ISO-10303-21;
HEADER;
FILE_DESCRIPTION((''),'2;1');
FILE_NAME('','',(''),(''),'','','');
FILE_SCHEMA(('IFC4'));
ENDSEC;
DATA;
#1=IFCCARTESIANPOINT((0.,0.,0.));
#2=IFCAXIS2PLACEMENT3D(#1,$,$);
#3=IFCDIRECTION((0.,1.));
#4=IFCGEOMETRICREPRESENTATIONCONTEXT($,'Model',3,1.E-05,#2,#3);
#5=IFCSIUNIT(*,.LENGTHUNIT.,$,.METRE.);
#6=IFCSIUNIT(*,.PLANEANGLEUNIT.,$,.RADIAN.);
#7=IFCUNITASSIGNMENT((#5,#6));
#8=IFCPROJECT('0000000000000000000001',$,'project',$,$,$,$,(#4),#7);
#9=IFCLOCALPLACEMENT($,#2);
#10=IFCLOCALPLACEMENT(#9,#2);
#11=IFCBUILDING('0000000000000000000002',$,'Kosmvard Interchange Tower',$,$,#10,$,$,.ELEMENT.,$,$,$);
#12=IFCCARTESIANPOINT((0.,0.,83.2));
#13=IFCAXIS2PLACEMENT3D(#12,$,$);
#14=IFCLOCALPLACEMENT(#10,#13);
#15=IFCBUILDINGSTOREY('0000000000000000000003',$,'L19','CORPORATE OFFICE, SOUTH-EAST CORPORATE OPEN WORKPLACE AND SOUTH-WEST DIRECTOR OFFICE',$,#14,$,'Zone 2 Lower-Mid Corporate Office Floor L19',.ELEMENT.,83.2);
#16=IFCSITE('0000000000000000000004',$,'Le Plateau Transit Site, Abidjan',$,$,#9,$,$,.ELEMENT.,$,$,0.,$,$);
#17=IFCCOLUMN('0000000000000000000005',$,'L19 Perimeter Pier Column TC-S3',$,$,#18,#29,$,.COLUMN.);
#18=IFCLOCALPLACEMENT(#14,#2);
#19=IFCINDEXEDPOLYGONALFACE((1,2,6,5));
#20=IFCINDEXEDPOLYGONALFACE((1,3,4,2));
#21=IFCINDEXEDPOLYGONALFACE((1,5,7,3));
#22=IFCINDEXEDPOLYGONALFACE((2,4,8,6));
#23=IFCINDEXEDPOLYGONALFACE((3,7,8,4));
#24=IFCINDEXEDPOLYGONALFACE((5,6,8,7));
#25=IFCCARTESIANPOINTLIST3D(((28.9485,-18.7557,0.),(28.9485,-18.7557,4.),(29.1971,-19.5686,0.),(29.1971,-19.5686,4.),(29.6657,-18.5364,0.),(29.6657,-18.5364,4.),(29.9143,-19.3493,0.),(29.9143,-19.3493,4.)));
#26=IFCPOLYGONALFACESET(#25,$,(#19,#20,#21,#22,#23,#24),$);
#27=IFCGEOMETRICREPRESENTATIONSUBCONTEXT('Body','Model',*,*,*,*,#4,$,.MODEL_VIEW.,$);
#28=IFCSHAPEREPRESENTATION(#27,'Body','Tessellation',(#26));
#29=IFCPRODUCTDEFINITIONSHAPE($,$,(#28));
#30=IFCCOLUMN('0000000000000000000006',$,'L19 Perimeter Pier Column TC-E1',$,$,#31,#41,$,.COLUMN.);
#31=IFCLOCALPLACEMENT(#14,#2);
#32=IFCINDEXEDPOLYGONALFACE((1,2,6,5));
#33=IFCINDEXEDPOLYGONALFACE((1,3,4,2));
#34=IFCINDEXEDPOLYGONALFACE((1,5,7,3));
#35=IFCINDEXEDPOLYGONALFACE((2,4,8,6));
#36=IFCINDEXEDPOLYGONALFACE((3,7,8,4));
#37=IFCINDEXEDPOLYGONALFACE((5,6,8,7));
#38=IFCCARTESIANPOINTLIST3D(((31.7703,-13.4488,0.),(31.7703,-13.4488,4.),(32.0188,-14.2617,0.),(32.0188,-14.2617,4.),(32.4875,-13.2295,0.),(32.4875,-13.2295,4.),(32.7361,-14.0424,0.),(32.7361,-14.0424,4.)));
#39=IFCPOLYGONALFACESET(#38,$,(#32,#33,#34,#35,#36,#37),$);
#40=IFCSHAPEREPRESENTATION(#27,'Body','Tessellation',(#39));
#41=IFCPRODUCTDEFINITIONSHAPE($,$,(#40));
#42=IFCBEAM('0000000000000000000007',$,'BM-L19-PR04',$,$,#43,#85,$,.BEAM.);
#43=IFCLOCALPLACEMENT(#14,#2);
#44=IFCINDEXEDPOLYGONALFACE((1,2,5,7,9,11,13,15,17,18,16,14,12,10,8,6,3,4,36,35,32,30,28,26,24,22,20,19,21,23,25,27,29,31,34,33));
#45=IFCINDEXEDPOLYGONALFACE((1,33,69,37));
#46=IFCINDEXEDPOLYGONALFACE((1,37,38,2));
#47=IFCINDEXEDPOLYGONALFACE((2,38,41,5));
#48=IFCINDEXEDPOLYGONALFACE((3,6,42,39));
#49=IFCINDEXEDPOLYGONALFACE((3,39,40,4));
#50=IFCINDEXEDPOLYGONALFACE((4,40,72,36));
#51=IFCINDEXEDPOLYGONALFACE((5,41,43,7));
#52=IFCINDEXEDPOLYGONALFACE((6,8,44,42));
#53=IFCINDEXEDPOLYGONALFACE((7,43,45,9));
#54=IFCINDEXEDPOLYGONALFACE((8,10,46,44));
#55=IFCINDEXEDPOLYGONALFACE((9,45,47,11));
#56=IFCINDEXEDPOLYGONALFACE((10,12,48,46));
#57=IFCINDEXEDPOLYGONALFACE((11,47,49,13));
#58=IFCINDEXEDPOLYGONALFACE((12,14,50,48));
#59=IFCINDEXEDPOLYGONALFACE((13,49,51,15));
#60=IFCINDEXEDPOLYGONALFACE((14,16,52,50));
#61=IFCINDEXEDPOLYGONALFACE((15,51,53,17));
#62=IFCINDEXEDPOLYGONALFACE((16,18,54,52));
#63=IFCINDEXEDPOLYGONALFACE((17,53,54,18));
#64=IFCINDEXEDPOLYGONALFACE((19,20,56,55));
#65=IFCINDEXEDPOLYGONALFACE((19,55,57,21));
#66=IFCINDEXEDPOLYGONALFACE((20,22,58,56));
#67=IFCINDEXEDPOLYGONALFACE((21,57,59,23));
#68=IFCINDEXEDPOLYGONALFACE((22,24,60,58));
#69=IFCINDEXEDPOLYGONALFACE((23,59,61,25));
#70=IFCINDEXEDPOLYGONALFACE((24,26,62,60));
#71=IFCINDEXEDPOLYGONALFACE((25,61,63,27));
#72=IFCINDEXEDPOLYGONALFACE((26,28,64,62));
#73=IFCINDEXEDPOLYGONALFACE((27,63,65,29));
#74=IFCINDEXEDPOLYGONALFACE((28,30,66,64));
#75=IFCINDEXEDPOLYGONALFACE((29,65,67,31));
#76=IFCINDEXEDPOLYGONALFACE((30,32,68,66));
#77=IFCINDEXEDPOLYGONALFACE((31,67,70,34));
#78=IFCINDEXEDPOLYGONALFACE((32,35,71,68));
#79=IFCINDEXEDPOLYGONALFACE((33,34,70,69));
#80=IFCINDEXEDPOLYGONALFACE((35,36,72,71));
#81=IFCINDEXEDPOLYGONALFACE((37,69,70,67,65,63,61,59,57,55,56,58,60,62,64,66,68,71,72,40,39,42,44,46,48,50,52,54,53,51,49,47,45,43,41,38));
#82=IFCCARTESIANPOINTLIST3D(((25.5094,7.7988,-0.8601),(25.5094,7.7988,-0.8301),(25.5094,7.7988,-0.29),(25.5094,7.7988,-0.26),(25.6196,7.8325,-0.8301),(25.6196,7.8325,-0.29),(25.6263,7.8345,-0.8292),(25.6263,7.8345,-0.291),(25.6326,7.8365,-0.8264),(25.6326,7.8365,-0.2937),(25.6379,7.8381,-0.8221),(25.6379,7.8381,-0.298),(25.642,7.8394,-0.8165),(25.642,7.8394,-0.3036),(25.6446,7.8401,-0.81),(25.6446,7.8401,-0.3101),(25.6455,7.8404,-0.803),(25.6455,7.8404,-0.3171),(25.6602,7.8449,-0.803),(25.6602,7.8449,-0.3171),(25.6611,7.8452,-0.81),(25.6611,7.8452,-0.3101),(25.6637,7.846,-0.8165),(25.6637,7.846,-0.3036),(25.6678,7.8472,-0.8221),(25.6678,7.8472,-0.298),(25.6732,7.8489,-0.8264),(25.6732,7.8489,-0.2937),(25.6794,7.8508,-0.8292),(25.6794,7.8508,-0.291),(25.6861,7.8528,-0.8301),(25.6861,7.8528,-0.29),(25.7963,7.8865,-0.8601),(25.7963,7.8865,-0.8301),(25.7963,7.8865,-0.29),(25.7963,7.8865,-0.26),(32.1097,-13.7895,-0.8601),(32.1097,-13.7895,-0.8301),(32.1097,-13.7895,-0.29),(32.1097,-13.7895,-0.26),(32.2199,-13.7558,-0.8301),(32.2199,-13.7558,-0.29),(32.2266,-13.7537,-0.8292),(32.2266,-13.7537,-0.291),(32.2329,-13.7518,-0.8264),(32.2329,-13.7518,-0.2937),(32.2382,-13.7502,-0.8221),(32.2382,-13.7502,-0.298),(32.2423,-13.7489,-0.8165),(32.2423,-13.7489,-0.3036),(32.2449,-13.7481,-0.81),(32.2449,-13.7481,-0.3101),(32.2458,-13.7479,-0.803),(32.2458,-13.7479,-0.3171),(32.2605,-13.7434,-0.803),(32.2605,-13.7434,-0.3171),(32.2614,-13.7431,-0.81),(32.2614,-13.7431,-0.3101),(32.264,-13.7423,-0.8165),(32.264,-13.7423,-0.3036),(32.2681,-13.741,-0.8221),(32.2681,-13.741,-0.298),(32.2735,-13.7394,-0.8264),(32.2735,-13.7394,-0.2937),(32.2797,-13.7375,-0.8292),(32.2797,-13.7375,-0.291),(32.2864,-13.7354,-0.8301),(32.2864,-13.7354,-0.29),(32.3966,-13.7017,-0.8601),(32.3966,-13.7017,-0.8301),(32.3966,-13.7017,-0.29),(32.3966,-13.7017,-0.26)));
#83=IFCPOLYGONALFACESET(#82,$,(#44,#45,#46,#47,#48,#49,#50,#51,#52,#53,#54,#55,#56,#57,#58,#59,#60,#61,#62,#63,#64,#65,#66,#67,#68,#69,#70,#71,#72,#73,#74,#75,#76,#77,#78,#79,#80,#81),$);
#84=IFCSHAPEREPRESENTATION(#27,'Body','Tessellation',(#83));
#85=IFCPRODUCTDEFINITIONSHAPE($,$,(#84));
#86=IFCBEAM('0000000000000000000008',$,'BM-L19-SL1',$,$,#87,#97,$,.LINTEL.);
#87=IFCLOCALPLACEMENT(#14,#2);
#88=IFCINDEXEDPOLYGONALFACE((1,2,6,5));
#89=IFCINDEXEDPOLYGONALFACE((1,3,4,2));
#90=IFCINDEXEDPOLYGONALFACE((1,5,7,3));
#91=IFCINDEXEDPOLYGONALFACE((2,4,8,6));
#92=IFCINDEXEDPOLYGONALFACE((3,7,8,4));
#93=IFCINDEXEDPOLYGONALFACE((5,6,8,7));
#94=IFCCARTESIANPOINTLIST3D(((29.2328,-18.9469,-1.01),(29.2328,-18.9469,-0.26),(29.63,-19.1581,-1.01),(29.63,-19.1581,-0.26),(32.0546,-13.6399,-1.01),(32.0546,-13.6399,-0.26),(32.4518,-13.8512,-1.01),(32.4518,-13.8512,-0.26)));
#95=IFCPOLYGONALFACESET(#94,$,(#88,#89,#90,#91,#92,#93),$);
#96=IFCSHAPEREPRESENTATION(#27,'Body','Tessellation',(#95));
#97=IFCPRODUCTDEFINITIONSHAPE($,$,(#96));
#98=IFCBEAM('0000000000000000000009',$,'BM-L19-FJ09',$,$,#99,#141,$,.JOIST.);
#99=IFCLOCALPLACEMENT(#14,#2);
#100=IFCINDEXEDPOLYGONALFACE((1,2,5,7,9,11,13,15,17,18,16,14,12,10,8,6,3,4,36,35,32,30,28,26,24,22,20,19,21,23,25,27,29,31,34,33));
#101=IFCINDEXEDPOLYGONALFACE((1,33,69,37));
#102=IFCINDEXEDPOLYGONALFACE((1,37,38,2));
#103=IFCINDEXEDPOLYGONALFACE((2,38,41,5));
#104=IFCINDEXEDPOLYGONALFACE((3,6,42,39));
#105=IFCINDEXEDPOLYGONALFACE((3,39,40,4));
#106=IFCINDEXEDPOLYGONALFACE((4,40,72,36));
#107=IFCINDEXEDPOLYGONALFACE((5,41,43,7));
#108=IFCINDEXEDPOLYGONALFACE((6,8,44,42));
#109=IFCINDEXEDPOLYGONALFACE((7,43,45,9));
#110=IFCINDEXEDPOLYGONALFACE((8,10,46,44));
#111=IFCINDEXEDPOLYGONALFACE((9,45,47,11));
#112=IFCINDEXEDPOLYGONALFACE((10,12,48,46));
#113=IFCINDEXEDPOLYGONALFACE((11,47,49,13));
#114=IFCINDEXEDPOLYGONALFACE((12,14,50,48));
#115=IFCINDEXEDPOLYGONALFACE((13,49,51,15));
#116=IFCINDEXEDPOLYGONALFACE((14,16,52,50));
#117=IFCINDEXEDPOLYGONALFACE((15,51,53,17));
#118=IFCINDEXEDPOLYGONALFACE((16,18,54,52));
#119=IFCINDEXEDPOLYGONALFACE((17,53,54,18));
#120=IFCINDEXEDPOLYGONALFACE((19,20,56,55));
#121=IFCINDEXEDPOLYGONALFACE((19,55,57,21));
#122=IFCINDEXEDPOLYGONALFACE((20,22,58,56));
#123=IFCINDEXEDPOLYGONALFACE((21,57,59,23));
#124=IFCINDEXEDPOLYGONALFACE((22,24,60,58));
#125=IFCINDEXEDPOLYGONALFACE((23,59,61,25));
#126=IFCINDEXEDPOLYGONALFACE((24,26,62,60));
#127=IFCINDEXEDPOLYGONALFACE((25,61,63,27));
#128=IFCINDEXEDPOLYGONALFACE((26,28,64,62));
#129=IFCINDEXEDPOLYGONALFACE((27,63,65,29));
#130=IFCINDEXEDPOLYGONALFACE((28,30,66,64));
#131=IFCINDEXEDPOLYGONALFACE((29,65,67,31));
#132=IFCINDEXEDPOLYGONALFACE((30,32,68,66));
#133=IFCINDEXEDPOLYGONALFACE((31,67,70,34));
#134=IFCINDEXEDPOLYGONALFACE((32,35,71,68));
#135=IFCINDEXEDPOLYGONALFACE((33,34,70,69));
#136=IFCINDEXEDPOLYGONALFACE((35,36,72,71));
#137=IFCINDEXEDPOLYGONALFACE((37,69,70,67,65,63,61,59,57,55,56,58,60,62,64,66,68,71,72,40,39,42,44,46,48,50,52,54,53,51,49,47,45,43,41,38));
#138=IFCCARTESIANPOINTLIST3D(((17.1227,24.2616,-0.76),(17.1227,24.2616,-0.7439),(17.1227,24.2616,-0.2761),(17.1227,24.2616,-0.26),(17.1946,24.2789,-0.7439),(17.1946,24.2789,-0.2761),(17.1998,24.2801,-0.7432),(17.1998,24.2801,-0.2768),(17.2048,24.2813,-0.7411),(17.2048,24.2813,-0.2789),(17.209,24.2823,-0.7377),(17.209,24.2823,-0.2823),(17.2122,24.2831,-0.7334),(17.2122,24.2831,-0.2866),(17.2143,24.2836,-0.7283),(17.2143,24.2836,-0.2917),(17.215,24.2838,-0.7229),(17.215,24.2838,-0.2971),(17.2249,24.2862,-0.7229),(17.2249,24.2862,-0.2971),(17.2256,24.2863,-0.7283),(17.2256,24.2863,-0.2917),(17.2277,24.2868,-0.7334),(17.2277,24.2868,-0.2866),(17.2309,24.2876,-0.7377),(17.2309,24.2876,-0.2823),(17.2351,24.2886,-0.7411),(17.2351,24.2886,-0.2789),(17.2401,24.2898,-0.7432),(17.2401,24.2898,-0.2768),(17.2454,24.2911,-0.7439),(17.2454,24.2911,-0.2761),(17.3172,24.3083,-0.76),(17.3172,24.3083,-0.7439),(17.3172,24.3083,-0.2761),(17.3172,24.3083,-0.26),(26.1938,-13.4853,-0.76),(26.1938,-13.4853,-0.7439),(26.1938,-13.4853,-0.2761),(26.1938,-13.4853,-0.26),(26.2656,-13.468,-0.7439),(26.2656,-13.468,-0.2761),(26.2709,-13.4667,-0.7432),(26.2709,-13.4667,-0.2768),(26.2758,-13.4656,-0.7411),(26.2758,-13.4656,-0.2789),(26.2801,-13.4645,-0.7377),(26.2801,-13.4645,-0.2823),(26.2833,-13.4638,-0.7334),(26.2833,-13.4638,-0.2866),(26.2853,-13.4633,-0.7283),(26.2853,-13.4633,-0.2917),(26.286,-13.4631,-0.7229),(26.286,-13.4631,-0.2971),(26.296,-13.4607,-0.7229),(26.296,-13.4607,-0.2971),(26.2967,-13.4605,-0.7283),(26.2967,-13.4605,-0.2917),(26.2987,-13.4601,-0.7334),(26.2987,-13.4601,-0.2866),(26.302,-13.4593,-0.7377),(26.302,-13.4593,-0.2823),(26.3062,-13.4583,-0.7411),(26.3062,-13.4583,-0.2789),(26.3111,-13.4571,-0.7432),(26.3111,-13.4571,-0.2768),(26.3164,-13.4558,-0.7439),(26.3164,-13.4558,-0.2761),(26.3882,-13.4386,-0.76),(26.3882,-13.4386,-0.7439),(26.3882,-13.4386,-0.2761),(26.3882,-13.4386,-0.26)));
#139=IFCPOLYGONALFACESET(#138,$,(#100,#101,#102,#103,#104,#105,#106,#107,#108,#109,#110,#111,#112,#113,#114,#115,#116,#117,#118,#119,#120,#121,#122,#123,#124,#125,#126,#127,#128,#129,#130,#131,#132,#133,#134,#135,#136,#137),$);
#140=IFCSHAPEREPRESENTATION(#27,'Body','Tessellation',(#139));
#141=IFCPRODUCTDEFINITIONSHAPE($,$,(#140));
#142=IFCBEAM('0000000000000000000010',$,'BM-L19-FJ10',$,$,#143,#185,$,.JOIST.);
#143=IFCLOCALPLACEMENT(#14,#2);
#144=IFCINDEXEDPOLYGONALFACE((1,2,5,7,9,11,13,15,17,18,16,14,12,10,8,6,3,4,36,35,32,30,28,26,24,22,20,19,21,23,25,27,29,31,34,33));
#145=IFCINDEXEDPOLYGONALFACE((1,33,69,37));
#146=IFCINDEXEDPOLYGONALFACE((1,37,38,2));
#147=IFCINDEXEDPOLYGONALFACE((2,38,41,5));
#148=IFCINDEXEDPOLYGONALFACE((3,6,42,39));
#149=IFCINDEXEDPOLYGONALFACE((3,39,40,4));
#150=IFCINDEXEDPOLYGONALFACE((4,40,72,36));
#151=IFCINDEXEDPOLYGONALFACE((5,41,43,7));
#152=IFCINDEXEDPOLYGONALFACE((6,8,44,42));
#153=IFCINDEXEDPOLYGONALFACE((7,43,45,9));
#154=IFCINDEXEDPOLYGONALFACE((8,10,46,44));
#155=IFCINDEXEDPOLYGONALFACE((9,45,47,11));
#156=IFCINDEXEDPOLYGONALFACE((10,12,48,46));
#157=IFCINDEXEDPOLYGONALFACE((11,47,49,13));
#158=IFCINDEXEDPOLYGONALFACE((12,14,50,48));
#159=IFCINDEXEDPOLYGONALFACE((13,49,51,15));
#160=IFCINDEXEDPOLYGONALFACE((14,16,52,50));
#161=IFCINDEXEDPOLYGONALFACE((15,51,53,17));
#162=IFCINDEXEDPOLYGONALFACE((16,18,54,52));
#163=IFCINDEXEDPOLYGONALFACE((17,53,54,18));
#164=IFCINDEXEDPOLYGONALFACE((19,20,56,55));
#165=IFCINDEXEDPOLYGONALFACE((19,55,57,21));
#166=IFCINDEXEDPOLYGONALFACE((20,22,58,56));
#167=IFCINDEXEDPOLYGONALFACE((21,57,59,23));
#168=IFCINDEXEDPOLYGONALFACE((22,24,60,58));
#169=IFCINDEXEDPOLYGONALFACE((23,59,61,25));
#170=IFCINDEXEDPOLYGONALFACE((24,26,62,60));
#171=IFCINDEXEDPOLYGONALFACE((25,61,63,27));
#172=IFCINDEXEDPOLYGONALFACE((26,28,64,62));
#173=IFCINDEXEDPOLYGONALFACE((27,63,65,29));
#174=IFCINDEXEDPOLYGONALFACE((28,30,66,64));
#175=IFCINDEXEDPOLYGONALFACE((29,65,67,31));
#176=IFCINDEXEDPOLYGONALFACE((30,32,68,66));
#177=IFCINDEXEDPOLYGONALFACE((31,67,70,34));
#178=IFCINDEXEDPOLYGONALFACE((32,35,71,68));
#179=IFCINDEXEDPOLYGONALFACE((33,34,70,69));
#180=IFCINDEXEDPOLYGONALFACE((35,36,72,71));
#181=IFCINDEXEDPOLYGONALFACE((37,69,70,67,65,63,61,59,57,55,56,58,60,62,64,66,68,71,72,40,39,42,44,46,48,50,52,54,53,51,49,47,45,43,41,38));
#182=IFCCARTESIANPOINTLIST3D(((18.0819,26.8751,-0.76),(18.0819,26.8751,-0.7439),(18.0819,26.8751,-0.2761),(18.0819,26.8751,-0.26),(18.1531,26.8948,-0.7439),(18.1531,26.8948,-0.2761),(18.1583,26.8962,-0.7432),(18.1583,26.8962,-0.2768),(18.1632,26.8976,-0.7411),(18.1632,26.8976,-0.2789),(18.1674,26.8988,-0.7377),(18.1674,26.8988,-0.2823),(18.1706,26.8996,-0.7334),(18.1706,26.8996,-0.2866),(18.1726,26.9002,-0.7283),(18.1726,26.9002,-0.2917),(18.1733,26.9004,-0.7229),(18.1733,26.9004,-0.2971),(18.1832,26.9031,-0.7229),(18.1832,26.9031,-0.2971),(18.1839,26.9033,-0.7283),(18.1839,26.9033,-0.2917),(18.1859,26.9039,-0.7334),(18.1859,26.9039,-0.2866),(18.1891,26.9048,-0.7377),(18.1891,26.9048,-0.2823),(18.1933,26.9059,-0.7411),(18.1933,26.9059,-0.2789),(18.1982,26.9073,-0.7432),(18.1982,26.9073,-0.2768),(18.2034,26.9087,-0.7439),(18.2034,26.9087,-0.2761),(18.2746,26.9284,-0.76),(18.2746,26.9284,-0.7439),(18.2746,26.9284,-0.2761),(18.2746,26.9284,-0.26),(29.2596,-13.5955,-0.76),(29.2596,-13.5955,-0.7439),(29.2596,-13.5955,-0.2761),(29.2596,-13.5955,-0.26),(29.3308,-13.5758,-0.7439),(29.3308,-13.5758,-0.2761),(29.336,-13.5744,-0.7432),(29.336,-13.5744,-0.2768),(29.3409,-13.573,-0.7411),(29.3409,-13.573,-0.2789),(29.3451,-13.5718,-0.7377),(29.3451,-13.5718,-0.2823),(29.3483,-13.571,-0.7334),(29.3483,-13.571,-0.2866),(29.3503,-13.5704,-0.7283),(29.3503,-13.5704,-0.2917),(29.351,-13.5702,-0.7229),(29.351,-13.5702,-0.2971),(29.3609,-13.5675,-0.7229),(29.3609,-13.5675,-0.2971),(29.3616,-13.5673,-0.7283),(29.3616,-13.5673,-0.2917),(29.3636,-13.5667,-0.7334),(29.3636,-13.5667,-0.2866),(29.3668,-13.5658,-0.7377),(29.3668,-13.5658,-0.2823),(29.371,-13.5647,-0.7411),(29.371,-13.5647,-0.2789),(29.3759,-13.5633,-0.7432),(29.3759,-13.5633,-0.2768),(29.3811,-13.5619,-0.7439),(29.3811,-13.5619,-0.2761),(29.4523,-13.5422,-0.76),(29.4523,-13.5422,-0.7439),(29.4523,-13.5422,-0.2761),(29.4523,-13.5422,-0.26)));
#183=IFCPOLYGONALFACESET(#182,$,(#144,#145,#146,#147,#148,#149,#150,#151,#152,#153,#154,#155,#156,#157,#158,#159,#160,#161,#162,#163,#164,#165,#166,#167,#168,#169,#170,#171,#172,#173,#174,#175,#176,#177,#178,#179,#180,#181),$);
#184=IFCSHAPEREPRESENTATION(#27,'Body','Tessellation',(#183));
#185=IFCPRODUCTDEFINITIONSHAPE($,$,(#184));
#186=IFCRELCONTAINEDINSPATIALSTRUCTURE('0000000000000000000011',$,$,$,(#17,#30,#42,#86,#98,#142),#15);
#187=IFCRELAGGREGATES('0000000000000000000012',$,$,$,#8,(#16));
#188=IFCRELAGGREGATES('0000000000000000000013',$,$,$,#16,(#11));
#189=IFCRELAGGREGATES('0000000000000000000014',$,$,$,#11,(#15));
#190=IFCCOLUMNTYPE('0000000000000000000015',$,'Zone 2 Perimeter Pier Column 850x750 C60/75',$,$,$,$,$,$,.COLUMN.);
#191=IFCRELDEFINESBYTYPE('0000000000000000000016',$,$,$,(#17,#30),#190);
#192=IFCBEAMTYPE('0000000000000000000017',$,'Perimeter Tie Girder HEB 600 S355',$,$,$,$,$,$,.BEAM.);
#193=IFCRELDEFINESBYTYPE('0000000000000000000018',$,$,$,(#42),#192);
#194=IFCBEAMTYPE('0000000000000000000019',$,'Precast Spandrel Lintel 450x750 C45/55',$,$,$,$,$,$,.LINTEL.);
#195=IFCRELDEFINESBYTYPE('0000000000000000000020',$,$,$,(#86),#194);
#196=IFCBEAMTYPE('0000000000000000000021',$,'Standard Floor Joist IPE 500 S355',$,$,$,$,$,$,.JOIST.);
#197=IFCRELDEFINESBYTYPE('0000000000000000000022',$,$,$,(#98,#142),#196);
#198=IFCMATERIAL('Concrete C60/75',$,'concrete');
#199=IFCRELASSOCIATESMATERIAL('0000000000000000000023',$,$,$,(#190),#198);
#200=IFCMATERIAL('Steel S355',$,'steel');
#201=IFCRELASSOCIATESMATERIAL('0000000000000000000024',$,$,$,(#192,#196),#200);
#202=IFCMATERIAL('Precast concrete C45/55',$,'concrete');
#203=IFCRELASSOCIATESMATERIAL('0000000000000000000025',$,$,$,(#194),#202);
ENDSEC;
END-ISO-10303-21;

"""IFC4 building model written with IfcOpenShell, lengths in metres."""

from ifc_helpers import new_model, si_unit, direction, frame, origin, origin_2d, place, context, subcontext, project, spatial, rectangle, i_section, extrude, source, transform, mapped, material, material_profile, profile_set, type_object, element, save


model = new_model("IFC4")

# Units and contexts
model_context = context("Model", 3, precision=1e-05, world=origin(), true_north=direction((0.0, 1.0)))
body_context = subcontext(model_context, "Body", "Model", "MODEL_VIEW")
ifc_project = project(units=[si_unit("LENGTHUNIT", "METRE"), si_unit("PLANEANGLEUNIT", "RADIAN")], contexts=[model_context])

# Site, building, storey
site_placement = place(None, origin())
site = spatial("IfcSite", under=ifc_project, at=site_placement, Name="Le Plateau Transit Site, Abidjan", CompositionType="ELEMENT", RefElevation=0.0)
building_placement = place(site_placement, origin())
building = spatial("IfcBuilding", under=site, at=building_placement, Name="Kosmvard Interchange Tower", CompositionType="ELEMENT")
storey_placement = place(building_placement, frame((0.0, 0.0, 83.2)))
storey = spatial("IfcBuildingStorey", under=building, at=storey_placement, Name="L19", Description="CORPORATE OFFICE, SOUTH-EAST CORPORATE OPEN WORKPLACE AND SOUTH-WEST DIRECTOR OFFICE", LongName="Zone 2 Lower-Mid Corporate Office Floor L19", CompositionType="ELEMENT", Elevation=83.2)

# Columns
ifc_material_1 = material(Name="Concrete C60/75", Category="concrete")
ifc_material_profile_1 = material_profile(ifc_material_1, rectangle(XDim=0.75, YDim=0.8501, at=origin_2d()), Name="TC 850x750")
ifc_profile_set_1 = profile_set([ifc_material_profile_1], Name="Concrete C60/75")
column_type = type_object("IfcColumnType", Name="Zone 2 Perimeter Pier Column 850x750 C60/75", PredefinedType="COLUMN", material=ifc_profile_set_1)
shared_shape_1 = source(origin(), body_context, "Body", "SweptSolid", [
    extrude(rectangle(XDim=0.75, YDim=0.8501, at=origin_2d()), origin(), (0.0, 0.0, 1.0), 4.0),
])
for number, where, z_axis, x_axis, name in (
    (1, (29.4314, -19.0525, 0.0), (0.0, 0.0, 1.0), (0.956305, 0.292372, 0.0), "L19 Perimeter Pier Column TC-S3"),
    (2, (32.2532, -13.7456, 0.0), (0.0, 0.0, 1.0), (0.956305, 0.292372, 0.0), "L19 Perimeter Pier Column TC-E1"),
):
    element("IfcColumn", number, at=place(storey_placement, frame(where, z_axis=z_axis, x_axis=x_axis)), inside=storey, type_object=column_type, Name=name, PredefinedType="COLUMN", context=body_context, shape_type="MappedRepresentation", body=[
        mapped(shared_shape_1, transform((0.0, 0.0, 0.0), scale=1.0)),
    ])

# Beams
ifc_material_2 = material(Name="Steel S355", Category="steel")
ifc_material_profile_2 = material_profile(ifc_material_2, i_section(OverallWidth=0.3, OverallDepth=0.6001, WebThickness=0.0154, FlangeThickness=0.03, FilletRadius=0.0271, at=origin_2d()), Name="HEB 600")
ifc_profile_set_2 = profile_set([ifc_material_profile_2], Name="Steel S355")
beam_type_1 = type_object("IfcBeamType", Name="Perimeter Tie Girder HEB 600 S355", PredefinedType="BEAM", material=ifc_profile_set_2)
shared_shape_2 = source(origin(), body_context, "Body", "SweptSolid", [
    extrude(i_section(OverallWidth=0.3, OverallDepth=0.6001, WebThickness=0.0154, FlangeThickness=0.03, FilletRadius=0.0271, at=origin_2d()), origin(), (0.0, 0.0, 1.0), 22.5747),
])
beam_1_placement = place(storey_placement, frame((32.2532, -13.7456, -0.5601), z_axis=(-0.292376, 0.956303, 0.0), x_axis=(-0.956303, -0.292376, 0.0)))
element("IfcBeam", 3, at=beam_1_placement, inside=storey, type_object=beam_type_1, Name="BM-L19-PR04", PredefinedType="BEAM", context=body_context, shape_type="MappedRepresentation", body=[
    mapped(shared_shape_2, transform((0.0, 0.0, 0.0), scale=1.0)),
])
ifc_material_3 = material(Name="Precast concrete C45/55", Category="concrete")
ifc_material_profile_3 = material_profile(ifc_material_3, rectangle(XDim=0.45, YDim=0.75, at=origin_2d()), Name="SL 450x750")
ifc_profile_set_3 = profile_set([ifc_material_profile_3], Name="Precast concrete C45/55")
beam_type_2 = type_object("IfcBeamType", Name="Precast Spandrel Lintel 450x750 C45/55", PredefinedType="LINTEL", material=ifc_profile_set_3)
shared_shape_3 = source(origin(), body_context, "Body", "SweptSolid", [
    extrude(rectangle(XDim=0.45, YDim=0.75, at=origin_2d()), origin(), (0.0, 0.0, 1.0), 6.0105),
])
beam_2_placement = place(storey_placement, frame((29.4314, -19.0525, -0.635), z_axis=(0.469479, 0.882944, 0.0), x_axis=(-0.882944, 0.469479, 0.0)))
element("IfcBeam", 4, at=beam_2_placement, inside=storey, type_object=beam_type_2, Name="BM-L19-SL1", PredefinedType="LINTEL", context=body_context, shape_type="MappedRepresentation", body=[
    mapped(shared_shape_3, transform((0.0, 0.0, 0.0), scale=1.0)),
])
ifc_material_profile_4 = material_profile(ifc_material_2, i_section(OverallWidth=0.2, OverallDepth=0.5, WebThickness=0.0103, FlangeThickness=0.0161, FilletRadius=0.021, at=origin_2d()), Name="IPE 500")
ifc_profile_set_4 = profile_set([ifc_material_profile_4], Name="Steel S355")
beam_type_3 = type_object("IfcBeamType", Name="Standard Floor Joist IPE 500 S355", PredefinedType="JOIST", material=ifc_profile_set_4)
shared_shape_4 = source(origin(), body_context, "Body", "SweptSolid", [
    extrude(i_section(OverallWidth=0.2, OverallDepth=0.5, WebThickness=0.0103, FlangeThickness=0.0161, FilletRadius=0.021, at=origin_2d()), origin(), (0.0, 0.0, 1.0), 38.8215),
])
beam_3_placement = place(storey_placement, frame((26.291, -13.4619, -0.51), z_axis=(-0.233661, 0.972318, 0.0), x_axis=(-0.972318, -0.233661, 0.0)))
element("IfcBeam", 5, at=beam_3_placement, inside=storey, type_object=beam_type_3, Name="BM-L19-FJ09", PredefinedType="JOIST", context=body_context, shape_type="MappedRepresentation", body=[
    mapped(shared_shape_4, transform((0.0, 0.0, 0.0), scale=1.0)),
])
shared_shape_5 = source(origin(), body_context, "Body", "SweptSolid", [
    extrude(i_section(OverallWidth=0.2, OverallDepth=0.5, WebThickness=0.0103, FlangeThickness=0.0161, FilletRadius=0.021, at=origin_2d()), origin(), (0.0, 0.0, 1.0), 41.9858),
])
beam_4_placement = place(storey_placement, frame((29.356, -13.5688, -0.51), z_axis=(-0.266226, 0.963911, 0.0), x_axis=(-0.963911, -0.266226, 0.0)))
element("IfcBeam", 6, at=beam_4_placement, inside=storey, type_object=beam_type_3, Name="BM-L19-FJ10", PredefinedType="JOIST", context=body_context, shape_type="MappedRepresentation", body=[
    mapped(shared_shape_5, transform((0.0, 0.0, 0.0), scale=1.0)),
])

save(model, "model.ifc")
